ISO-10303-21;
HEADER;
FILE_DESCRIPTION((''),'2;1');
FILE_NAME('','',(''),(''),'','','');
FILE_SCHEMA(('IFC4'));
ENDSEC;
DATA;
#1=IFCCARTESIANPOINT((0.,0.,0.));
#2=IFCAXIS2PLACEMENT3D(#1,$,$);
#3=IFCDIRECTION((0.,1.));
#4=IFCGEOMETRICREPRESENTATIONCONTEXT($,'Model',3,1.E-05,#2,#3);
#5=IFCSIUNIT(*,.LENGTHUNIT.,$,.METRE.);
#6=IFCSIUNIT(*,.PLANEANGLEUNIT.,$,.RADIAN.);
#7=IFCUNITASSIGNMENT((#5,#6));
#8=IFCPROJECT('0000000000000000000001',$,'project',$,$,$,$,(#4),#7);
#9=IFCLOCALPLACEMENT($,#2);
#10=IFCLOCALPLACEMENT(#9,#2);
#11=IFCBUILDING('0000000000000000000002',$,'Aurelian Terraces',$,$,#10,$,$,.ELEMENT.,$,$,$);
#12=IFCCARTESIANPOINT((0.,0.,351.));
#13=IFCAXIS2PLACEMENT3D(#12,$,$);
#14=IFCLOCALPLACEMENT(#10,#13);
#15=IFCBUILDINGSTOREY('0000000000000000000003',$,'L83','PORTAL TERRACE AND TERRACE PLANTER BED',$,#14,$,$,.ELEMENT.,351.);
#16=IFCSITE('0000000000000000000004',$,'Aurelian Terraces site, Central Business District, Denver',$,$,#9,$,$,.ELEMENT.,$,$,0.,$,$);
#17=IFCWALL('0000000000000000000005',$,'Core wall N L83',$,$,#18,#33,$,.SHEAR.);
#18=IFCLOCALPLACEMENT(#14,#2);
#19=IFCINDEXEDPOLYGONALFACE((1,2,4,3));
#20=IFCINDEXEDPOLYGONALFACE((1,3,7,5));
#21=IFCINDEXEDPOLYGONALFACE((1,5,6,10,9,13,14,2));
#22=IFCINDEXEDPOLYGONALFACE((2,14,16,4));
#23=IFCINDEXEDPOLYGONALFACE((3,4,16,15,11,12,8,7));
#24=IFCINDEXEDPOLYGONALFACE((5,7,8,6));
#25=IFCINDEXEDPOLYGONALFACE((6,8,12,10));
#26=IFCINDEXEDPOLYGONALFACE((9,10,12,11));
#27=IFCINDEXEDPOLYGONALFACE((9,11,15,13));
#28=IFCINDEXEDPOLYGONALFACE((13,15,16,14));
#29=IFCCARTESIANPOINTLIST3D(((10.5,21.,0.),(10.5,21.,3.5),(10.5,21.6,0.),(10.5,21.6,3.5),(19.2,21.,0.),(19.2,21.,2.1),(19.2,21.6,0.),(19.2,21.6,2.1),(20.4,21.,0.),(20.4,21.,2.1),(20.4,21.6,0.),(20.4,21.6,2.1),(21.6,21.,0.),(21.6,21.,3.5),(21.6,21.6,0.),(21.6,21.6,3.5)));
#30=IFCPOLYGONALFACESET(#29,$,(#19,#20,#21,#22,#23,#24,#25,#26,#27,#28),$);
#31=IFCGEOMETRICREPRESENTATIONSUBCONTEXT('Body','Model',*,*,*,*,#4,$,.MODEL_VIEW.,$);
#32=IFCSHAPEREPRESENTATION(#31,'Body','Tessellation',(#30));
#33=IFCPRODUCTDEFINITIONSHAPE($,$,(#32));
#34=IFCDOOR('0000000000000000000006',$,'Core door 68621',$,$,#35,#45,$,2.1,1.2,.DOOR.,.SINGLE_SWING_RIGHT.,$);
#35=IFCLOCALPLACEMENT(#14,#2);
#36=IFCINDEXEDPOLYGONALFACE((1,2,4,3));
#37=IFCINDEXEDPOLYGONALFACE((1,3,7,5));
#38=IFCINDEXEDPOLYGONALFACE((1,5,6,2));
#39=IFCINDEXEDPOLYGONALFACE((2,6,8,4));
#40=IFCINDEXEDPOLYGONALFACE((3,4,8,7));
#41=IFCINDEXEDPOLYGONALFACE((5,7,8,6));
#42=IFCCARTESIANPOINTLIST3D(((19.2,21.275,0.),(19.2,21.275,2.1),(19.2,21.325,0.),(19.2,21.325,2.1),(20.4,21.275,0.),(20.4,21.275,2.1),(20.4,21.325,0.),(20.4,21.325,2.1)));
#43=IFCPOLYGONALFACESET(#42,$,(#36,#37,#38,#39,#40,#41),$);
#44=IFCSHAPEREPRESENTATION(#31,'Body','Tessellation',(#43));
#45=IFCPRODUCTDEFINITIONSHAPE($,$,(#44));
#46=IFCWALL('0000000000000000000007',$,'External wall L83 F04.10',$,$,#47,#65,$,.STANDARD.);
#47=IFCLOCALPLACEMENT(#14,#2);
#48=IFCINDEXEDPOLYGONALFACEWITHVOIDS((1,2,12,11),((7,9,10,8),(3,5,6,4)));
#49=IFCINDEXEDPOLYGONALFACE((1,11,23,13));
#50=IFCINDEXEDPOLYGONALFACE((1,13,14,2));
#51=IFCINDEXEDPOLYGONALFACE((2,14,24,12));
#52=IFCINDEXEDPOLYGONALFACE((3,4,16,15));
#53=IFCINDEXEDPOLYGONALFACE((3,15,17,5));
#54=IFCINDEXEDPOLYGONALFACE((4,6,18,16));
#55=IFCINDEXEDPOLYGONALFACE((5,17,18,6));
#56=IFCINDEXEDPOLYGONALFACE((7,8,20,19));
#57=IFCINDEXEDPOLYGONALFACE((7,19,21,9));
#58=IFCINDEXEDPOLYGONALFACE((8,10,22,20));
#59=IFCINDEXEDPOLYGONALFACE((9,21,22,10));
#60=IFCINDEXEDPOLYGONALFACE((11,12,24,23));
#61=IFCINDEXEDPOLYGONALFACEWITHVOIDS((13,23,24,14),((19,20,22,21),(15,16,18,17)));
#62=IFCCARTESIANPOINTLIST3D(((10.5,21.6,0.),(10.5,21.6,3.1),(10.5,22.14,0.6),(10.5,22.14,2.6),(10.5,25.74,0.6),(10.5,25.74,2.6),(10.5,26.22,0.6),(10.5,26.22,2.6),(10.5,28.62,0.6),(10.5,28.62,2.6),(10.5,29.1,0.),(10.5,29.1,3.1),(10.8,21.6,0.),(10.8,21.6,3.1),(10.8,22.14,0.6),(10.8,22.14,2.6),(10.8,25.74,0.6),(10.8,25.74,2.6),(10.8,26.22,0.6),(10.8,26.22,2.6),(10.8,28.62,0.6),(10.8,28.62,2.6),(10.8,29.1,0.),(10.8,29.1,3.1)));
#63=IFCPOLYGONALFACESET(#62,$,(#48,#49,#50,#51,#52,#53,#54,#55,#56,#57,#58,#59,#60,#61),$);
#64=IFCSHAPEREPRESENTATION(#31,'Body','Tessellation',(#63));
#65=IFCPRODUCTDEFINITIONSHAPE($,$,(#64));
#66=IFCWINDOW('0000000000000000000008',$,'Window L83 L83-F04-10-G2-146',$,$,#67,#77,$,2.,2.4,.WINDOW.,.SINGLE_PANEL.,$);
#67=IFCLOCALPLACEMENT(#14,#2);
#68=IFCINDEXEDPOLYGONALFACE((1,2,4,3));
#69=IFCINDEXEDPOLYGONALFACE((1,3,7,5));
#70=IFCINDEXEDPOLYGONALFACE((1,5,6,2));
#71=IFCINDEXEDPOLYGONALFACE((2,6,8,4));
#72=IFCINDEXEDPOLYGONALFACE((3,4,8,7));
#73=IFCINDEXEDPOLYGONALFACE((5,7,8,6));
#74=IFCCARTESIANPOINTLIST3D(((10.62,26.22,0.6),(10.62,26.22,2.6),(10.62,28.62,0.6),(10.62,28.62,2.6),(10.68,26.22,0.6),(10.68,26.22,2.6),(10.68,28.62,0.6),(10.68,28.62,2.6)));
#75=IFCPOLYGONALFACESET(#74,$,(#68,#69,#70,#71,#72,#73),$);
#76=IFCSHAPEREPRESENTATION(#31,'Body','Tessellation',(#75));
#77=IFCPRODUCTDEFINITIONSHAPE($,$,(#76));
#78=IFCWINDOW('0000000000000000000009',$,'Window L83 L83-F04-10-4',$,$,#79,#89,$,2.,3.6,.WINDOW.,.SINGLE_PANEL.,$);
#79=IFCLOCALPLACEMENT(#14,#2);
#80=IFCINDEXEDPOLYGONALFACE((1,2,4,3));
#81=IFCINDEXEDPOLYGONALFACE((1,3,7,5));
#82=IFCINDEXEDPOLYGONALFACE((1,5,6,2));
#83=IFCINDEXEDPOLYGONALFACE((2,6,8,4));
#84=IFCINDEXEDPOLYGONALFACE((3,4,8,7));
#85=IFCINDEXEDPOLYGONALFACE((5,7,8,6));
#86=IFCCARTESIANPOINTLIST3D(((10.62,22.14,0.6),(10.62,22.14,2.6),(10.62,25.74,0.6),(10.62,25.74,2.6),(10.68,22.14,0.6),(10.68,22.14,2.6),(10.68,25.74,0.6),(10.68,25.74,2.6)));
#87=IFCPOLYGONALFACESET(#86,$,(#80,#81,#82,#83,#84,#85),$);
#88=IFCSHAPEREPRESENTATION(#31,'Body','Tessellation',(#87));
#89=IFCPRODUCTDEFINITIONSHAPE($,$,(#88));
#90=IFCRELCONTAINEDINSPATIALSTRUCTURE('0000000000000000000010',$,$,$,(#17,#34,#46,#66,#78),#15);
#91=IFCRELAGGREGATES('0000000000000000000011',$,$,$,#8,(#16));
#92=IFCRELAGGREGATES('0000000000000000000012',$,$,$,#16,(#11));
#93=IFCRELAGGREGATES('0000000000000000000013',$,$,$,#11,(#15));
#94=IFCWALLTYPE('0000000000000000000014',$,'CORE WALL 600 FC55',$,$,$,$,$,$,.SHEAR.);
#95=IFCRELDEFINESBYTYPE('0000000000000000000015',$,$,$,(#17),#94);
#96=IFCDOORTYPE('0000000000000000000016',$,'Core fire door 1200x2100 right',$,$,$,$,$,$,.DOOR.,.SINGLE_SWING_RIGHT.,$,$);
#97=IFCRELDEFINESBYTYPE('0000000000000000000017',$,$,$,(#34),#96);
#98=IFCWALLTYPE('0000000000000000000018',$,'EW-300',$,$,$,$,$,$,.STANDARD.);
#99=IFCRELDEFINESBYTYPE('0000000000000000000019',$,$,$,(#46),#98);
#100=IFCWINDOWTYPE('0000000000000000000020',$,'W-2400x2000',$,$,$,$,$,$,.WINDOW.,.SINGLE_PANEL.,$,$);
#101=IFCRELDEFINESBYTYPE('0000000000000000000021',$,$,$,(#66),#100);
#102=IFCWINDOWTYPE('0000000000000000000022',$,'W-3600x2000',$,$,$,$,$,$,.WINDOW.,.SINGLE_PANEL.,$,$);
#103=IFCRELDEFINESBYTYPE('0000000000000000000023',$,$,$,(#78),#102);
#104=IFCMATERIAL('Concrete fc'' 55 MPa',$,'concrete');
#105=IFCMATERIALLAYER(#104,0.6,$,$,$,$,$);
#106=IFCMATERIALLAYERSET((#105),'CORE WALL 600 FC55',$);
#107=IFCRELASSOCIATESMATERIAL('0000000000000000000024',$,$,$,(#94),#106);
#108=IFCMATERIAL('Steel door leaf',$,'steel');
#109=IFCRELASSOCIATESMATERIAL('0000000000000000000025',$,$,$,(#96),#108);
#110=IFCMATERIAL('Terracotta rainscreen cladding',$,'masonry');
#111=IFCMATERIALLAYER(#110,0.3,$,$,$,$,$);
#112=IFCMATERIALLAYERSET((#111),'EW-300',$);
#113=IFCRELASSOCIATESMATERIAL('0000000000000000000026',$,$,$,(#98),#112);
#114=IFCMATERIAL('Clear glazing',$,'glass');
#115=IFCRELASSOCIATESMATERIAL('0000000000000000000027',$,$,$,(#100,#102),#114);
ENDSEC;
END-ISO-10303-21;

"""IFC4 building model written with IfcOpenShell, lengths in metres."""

from ifc_helpers import new_model, si_unit, direction, frame, frame_2d, origin, place, context, subcontext, project, spatial, rectangle, extrude, source, transform, mapped, material, layer, layer_set, type_object, element, fill, save


model = new_model("IFC4")

# Units and contexts
model_context = context("Model", 3, precision=1e-05, world=origin(), true_north=direction((0.0, 1.0)))
body_context = subcontext(model_context, "Body", "Model", "MODEL_VIEW")
ifc_project = project(units=[si_unit("LENGTHUNIT", "METRE"), si_unit("PLANEANGLEUNIT", "RADIAN")], contexts=[model_context])

# Site, building, storey
site_placement = place(None, origin())
site = spatial("IfcSite", under=ifc_project, at=site_placement, Name="Aurelian Terraces site, Central Business District, Denver", CompositionType="ELEMENT", RefElevation=0.0)
building_placement = place(site_placement, origin())
building = spatial("IfcBuilding", under=site, at=building_placement, Name="Aurelian Terraces", CompositionType="ELEMENT")
storey_placement = place(building_placement, frame((0.0, 0.0, 351.0)))
storey = spatial("IfcBuildingStorey", under=building, at=storey_placement, Name="L83", Description="PORTAL TERRACE AND TERRACE PLANTER BED", CompositionType="ELEMENT", Elevation=351.0)

# Wall, opening, door
ifc_material_1 = material(Name="Concrete fc' 55 MPa", Category="concrete")
ifc_layer_1 = layer(ifc_material_1, 0.6)
ifc_layer_set_1 = layer_set([ifc_layer_1], Name="CORE WALL 600 FC55")
wall_type_1 = type_object("IfcWallType", Name="CORE WALL 600 FC55", PredefinedType="SHEAR", material=ifc_layer_set_1)
shared_shape_1 = source(origin(), body_context, "Body", "SweptSolid", [
    extrude(rectangle(XDim=11.1, YDim=0.6, at=frame_2d((5.55, 0.0))), origin(), (0.0, 0.0, 1.0), 3.5),
])
wall_1_placement = place(storey_placement, frame((10.5, 21.3, 0.0), z_axis=(0.0, 0.0, 1.0), x_axis=(1.0, 0.0, 0.0)))
wall_1 = element("IfcWall", 1, at=wall_1_placement, inside=storey, type_object=wall_type_1, Name="Core wall N L83", PredefinedType="SHEAR", context=body_context, shape_type="MappedRepresentation", body=[
    mapped(shared_shape_1, transform((0.0, 0.0, 0.0), scale=1.0)),
])
shared_shape_2 = source(origin(), body_context, "Body", "SweptSolid", [
    extrude(rectangle(XDim=1.2, YDim=2.1, at=frame_2d((0.6, 1.05))), frame((0.0, 0.31, 0.0), z_axis=(0.0, -1.0, 0.0), x_axis=(1.0, 0.0, 0.0)), (0.0, 0.0, 1.0), 0.62),
])
opening_1_placement = place(wall_1_placement, frame((8.7, 0.0, 0.0)))
opening_1 = element("IfcOpeningElement", 2, at=opening_1_placement, cuts=wall_1, PredefinedType="OPENING", context=body_context, shape_type="MappedRepresentation", body=[
    mapped(shared_shape_2, transform((0.0, 0.0, 0.0), scale=1.0)),
])
ifc_material_2 = material(Name="Steel door leaf", Category="steel")
door_type_1 = type_object("IfcDoorType", Name="Core fire door 1200x2100 right", OperationType="SINGLE_SWING_RIGHT", PredefinedType="DOOR", material=ifc_material_2)
shared_shape_3 = source(origin(), body_context, "Body", "SweptSolid", [
    extrude(rectangle(XDim=1.2, YDim=2.1, at=frame_2d((0.6, 1.05))), frame((0.0, 0.025, 0.0), z_axis=(0.0, -1.0, 0.0), x_axis=(1.0, 0.0, 0.0)), (0.0, 0.0, 1.0), 0.05),
])
door_1_placement = place(opening_1_placement, origin())
door_1 = element("IfcDoor", 3, at=door_1_placement, inside=storey, type_object=door_type_1, Name="Core door 68621", OperationType="SINGLE_SWING_RIGHT", OverallHeight=2.1, OverallWidth=1.2, PredefinedType="DOOR", context=body_context, shape_type="MappedRepresentation", body=[
    mapped(shared_shape_3, transform((0.0, 0.0, 0.0), scale=1.0)),
])
fill(opening_1, door_1)

# Wall, openings, windows
ifc_material_3 = material(Name="Terracotta rainscreen cladding", Category="masonry")
ifc_layer_2 = layer(ifc_material_3, 0.3)
ifc_layer_set_2 = layer_set([ifc_layer_2], Name="EW-300")
wall_type_2 = type_object("IfcWallType", Name="EW-300", PredefinedType="STANDARD", material=ifc_layer_set_2)
shared_shape_4 = source(origin(), body_context, "Body", "SweptSolid", [
    extrude(rectangle(XDim=7.5, YDim=0.3, at=frame_2d((3.75, 0.0))), origin(), (0.0, 0.0, 1.0), 3.1),
])
wall_2_placement = place(storey_placement, frame((10.65, 29.1, 0.0), z_axis=(0.0, 0.0, 1.0), x_axis=(0.0, -1.0, 0.0)))
wall_2 = element("IfcWall", 4, at=wall_2_placement, inside=storey, type_object=wall_type_2, Name="External wall L83 F04.10", PredefinedType="STANDARD", context=body_context, shape_type="MappedRepresentation", body=[
    mapped(shared_shape_4, transform((0.0, 0.0, 0.0), scale=1.0)),
])
shared_shape_5 = source(origin(), body_context, "Body", "SweptSolid", [
    extrude(rectangle(XDim=3.6, YDim=2.0, at=frame_2d((1.8, 1.0))), frame((0.0, 0.16, 0.0), z_axis=(0.0, -1.0, 0.0), x_axis=(1.0, 0.0, 0.0)), (0.0, 0.0, 1.0), 0.32),
])
opening_2_placement = place(wall_2_placement, frame((3.36, 0.0, 0.6)))
opening_2 = element("IfcOpeningElement", 5, at=opening_2_placement, cuts=wall_2, PredefinedType="OPENING", context=body_context, shape_type="MappedRepresentation", body=[
    mapped(shared_shape_5, transform((0.0, 0.0, 0.0), scale=1.0)),
])
shared_shape_6 = source(origin(), body_context, "Body", "SweptSolid", [
    extrude(rectangle(XDim=2.4, YDim=2.0, at=frame_2d((1.2, 1.0))), frame((0.0, 0.16, 0.0), z_axis=(0.0, -1.0, 0.0), x_axis=(1.0, 0.0, 0.0)), (0.0, 0.0, 1.0), 0.32),
])
opening_3_placement = place(wall_2_placement, frame((0.48, 0.0, 0.6)))
opening_3 = element("IfcOpeningElement", 6, at=opening_3_placement, cuts=wall_2, PredefinedType="OPENING", context=body_context, shape_type="MappedRepresentation", body=[
    mapped(shared_shape_6, transform((0.0, 0.0, 0.0), scale=1.0)),
])
ifc_material_4 = material(Name="Clear glazing", Category="glass")
window_type_1 = type_object("IfcWindowType", Name="W-2400x2000", PartitioningType="SINGLE_PANEL", PredefinedType="WINDOW", material=ifc_material_4)
shared_shape_7 = source(origin(), body_context, "Body", "SweptSolid", [
    extrude(rectangle(XDim=2.4, YDim=2.0, at=frame_2d((1.2, 1.0))), frame((0.0, 0.03, 0.0), z_axis=(0.0, -1.0, 0.0), x_axis=(1.0, 0.0, 0.0)), (0.0, 0.0, 1.0), 0.06),
])
window_1_placement = place(opening_3_placement, origin())
window_1 = element("IfcWindow", 7, at=window_1_placement, inside=storey, type_object=window_type_1, Name="Window L83 L83-F04-10-G2-146", OverallHeight=2.0, OverallWidth=2.4, PartitioningType="SINGLE_PANEL", PredefinedType="WINDOW", context=body_context, shape_type="MappedRepresentation", body=[
    mapped(shared_shape_7, transform((0.0, 0.0, 0.0), scale=1.0)),
])
fill(opening_3, window_1)
window_type_2 = type_object("IfcWindowType", Name="W-3600x2000", PartitioningType="SINGLE_PANEL", PredefinedType="WINDOW", material=ifc_material_4)
shared_shape_8 = source(origin(), body_context, "Body", "SweptSolid", [
    extrude(rectangle(XDim=3.6, YDim=2.0, at=frame_2d((1.8, 1.0))), frame((0.0, 0.03, 0.0), z_axis=(0.0, -1.0, 0.0), x_axis=(1.0, 0.0, 0.0)), (0.0, 0.0, 1.0), 0.06),
])
window_2_placement = place(opening_2_placement, origin())
window_2 = element("IfcWindow", 8, at=window_2_placement, inside=storey, type_object=window_type_2, Name="Window L83 L83-F04-10-4", OverallHeight=2.0, OverallWidth=3.6, PartitioningType="SINGLE_PANEL", PredefinedType="WINDOW", context=body_context, shape_type="MappedRepresentation", body=[
    mapped(shared_shape_8, transform((0.0, 0.0, 0.0), scale=1.0)),
])
fill(opening_2, window_2)

save(model, "model.ifc")
